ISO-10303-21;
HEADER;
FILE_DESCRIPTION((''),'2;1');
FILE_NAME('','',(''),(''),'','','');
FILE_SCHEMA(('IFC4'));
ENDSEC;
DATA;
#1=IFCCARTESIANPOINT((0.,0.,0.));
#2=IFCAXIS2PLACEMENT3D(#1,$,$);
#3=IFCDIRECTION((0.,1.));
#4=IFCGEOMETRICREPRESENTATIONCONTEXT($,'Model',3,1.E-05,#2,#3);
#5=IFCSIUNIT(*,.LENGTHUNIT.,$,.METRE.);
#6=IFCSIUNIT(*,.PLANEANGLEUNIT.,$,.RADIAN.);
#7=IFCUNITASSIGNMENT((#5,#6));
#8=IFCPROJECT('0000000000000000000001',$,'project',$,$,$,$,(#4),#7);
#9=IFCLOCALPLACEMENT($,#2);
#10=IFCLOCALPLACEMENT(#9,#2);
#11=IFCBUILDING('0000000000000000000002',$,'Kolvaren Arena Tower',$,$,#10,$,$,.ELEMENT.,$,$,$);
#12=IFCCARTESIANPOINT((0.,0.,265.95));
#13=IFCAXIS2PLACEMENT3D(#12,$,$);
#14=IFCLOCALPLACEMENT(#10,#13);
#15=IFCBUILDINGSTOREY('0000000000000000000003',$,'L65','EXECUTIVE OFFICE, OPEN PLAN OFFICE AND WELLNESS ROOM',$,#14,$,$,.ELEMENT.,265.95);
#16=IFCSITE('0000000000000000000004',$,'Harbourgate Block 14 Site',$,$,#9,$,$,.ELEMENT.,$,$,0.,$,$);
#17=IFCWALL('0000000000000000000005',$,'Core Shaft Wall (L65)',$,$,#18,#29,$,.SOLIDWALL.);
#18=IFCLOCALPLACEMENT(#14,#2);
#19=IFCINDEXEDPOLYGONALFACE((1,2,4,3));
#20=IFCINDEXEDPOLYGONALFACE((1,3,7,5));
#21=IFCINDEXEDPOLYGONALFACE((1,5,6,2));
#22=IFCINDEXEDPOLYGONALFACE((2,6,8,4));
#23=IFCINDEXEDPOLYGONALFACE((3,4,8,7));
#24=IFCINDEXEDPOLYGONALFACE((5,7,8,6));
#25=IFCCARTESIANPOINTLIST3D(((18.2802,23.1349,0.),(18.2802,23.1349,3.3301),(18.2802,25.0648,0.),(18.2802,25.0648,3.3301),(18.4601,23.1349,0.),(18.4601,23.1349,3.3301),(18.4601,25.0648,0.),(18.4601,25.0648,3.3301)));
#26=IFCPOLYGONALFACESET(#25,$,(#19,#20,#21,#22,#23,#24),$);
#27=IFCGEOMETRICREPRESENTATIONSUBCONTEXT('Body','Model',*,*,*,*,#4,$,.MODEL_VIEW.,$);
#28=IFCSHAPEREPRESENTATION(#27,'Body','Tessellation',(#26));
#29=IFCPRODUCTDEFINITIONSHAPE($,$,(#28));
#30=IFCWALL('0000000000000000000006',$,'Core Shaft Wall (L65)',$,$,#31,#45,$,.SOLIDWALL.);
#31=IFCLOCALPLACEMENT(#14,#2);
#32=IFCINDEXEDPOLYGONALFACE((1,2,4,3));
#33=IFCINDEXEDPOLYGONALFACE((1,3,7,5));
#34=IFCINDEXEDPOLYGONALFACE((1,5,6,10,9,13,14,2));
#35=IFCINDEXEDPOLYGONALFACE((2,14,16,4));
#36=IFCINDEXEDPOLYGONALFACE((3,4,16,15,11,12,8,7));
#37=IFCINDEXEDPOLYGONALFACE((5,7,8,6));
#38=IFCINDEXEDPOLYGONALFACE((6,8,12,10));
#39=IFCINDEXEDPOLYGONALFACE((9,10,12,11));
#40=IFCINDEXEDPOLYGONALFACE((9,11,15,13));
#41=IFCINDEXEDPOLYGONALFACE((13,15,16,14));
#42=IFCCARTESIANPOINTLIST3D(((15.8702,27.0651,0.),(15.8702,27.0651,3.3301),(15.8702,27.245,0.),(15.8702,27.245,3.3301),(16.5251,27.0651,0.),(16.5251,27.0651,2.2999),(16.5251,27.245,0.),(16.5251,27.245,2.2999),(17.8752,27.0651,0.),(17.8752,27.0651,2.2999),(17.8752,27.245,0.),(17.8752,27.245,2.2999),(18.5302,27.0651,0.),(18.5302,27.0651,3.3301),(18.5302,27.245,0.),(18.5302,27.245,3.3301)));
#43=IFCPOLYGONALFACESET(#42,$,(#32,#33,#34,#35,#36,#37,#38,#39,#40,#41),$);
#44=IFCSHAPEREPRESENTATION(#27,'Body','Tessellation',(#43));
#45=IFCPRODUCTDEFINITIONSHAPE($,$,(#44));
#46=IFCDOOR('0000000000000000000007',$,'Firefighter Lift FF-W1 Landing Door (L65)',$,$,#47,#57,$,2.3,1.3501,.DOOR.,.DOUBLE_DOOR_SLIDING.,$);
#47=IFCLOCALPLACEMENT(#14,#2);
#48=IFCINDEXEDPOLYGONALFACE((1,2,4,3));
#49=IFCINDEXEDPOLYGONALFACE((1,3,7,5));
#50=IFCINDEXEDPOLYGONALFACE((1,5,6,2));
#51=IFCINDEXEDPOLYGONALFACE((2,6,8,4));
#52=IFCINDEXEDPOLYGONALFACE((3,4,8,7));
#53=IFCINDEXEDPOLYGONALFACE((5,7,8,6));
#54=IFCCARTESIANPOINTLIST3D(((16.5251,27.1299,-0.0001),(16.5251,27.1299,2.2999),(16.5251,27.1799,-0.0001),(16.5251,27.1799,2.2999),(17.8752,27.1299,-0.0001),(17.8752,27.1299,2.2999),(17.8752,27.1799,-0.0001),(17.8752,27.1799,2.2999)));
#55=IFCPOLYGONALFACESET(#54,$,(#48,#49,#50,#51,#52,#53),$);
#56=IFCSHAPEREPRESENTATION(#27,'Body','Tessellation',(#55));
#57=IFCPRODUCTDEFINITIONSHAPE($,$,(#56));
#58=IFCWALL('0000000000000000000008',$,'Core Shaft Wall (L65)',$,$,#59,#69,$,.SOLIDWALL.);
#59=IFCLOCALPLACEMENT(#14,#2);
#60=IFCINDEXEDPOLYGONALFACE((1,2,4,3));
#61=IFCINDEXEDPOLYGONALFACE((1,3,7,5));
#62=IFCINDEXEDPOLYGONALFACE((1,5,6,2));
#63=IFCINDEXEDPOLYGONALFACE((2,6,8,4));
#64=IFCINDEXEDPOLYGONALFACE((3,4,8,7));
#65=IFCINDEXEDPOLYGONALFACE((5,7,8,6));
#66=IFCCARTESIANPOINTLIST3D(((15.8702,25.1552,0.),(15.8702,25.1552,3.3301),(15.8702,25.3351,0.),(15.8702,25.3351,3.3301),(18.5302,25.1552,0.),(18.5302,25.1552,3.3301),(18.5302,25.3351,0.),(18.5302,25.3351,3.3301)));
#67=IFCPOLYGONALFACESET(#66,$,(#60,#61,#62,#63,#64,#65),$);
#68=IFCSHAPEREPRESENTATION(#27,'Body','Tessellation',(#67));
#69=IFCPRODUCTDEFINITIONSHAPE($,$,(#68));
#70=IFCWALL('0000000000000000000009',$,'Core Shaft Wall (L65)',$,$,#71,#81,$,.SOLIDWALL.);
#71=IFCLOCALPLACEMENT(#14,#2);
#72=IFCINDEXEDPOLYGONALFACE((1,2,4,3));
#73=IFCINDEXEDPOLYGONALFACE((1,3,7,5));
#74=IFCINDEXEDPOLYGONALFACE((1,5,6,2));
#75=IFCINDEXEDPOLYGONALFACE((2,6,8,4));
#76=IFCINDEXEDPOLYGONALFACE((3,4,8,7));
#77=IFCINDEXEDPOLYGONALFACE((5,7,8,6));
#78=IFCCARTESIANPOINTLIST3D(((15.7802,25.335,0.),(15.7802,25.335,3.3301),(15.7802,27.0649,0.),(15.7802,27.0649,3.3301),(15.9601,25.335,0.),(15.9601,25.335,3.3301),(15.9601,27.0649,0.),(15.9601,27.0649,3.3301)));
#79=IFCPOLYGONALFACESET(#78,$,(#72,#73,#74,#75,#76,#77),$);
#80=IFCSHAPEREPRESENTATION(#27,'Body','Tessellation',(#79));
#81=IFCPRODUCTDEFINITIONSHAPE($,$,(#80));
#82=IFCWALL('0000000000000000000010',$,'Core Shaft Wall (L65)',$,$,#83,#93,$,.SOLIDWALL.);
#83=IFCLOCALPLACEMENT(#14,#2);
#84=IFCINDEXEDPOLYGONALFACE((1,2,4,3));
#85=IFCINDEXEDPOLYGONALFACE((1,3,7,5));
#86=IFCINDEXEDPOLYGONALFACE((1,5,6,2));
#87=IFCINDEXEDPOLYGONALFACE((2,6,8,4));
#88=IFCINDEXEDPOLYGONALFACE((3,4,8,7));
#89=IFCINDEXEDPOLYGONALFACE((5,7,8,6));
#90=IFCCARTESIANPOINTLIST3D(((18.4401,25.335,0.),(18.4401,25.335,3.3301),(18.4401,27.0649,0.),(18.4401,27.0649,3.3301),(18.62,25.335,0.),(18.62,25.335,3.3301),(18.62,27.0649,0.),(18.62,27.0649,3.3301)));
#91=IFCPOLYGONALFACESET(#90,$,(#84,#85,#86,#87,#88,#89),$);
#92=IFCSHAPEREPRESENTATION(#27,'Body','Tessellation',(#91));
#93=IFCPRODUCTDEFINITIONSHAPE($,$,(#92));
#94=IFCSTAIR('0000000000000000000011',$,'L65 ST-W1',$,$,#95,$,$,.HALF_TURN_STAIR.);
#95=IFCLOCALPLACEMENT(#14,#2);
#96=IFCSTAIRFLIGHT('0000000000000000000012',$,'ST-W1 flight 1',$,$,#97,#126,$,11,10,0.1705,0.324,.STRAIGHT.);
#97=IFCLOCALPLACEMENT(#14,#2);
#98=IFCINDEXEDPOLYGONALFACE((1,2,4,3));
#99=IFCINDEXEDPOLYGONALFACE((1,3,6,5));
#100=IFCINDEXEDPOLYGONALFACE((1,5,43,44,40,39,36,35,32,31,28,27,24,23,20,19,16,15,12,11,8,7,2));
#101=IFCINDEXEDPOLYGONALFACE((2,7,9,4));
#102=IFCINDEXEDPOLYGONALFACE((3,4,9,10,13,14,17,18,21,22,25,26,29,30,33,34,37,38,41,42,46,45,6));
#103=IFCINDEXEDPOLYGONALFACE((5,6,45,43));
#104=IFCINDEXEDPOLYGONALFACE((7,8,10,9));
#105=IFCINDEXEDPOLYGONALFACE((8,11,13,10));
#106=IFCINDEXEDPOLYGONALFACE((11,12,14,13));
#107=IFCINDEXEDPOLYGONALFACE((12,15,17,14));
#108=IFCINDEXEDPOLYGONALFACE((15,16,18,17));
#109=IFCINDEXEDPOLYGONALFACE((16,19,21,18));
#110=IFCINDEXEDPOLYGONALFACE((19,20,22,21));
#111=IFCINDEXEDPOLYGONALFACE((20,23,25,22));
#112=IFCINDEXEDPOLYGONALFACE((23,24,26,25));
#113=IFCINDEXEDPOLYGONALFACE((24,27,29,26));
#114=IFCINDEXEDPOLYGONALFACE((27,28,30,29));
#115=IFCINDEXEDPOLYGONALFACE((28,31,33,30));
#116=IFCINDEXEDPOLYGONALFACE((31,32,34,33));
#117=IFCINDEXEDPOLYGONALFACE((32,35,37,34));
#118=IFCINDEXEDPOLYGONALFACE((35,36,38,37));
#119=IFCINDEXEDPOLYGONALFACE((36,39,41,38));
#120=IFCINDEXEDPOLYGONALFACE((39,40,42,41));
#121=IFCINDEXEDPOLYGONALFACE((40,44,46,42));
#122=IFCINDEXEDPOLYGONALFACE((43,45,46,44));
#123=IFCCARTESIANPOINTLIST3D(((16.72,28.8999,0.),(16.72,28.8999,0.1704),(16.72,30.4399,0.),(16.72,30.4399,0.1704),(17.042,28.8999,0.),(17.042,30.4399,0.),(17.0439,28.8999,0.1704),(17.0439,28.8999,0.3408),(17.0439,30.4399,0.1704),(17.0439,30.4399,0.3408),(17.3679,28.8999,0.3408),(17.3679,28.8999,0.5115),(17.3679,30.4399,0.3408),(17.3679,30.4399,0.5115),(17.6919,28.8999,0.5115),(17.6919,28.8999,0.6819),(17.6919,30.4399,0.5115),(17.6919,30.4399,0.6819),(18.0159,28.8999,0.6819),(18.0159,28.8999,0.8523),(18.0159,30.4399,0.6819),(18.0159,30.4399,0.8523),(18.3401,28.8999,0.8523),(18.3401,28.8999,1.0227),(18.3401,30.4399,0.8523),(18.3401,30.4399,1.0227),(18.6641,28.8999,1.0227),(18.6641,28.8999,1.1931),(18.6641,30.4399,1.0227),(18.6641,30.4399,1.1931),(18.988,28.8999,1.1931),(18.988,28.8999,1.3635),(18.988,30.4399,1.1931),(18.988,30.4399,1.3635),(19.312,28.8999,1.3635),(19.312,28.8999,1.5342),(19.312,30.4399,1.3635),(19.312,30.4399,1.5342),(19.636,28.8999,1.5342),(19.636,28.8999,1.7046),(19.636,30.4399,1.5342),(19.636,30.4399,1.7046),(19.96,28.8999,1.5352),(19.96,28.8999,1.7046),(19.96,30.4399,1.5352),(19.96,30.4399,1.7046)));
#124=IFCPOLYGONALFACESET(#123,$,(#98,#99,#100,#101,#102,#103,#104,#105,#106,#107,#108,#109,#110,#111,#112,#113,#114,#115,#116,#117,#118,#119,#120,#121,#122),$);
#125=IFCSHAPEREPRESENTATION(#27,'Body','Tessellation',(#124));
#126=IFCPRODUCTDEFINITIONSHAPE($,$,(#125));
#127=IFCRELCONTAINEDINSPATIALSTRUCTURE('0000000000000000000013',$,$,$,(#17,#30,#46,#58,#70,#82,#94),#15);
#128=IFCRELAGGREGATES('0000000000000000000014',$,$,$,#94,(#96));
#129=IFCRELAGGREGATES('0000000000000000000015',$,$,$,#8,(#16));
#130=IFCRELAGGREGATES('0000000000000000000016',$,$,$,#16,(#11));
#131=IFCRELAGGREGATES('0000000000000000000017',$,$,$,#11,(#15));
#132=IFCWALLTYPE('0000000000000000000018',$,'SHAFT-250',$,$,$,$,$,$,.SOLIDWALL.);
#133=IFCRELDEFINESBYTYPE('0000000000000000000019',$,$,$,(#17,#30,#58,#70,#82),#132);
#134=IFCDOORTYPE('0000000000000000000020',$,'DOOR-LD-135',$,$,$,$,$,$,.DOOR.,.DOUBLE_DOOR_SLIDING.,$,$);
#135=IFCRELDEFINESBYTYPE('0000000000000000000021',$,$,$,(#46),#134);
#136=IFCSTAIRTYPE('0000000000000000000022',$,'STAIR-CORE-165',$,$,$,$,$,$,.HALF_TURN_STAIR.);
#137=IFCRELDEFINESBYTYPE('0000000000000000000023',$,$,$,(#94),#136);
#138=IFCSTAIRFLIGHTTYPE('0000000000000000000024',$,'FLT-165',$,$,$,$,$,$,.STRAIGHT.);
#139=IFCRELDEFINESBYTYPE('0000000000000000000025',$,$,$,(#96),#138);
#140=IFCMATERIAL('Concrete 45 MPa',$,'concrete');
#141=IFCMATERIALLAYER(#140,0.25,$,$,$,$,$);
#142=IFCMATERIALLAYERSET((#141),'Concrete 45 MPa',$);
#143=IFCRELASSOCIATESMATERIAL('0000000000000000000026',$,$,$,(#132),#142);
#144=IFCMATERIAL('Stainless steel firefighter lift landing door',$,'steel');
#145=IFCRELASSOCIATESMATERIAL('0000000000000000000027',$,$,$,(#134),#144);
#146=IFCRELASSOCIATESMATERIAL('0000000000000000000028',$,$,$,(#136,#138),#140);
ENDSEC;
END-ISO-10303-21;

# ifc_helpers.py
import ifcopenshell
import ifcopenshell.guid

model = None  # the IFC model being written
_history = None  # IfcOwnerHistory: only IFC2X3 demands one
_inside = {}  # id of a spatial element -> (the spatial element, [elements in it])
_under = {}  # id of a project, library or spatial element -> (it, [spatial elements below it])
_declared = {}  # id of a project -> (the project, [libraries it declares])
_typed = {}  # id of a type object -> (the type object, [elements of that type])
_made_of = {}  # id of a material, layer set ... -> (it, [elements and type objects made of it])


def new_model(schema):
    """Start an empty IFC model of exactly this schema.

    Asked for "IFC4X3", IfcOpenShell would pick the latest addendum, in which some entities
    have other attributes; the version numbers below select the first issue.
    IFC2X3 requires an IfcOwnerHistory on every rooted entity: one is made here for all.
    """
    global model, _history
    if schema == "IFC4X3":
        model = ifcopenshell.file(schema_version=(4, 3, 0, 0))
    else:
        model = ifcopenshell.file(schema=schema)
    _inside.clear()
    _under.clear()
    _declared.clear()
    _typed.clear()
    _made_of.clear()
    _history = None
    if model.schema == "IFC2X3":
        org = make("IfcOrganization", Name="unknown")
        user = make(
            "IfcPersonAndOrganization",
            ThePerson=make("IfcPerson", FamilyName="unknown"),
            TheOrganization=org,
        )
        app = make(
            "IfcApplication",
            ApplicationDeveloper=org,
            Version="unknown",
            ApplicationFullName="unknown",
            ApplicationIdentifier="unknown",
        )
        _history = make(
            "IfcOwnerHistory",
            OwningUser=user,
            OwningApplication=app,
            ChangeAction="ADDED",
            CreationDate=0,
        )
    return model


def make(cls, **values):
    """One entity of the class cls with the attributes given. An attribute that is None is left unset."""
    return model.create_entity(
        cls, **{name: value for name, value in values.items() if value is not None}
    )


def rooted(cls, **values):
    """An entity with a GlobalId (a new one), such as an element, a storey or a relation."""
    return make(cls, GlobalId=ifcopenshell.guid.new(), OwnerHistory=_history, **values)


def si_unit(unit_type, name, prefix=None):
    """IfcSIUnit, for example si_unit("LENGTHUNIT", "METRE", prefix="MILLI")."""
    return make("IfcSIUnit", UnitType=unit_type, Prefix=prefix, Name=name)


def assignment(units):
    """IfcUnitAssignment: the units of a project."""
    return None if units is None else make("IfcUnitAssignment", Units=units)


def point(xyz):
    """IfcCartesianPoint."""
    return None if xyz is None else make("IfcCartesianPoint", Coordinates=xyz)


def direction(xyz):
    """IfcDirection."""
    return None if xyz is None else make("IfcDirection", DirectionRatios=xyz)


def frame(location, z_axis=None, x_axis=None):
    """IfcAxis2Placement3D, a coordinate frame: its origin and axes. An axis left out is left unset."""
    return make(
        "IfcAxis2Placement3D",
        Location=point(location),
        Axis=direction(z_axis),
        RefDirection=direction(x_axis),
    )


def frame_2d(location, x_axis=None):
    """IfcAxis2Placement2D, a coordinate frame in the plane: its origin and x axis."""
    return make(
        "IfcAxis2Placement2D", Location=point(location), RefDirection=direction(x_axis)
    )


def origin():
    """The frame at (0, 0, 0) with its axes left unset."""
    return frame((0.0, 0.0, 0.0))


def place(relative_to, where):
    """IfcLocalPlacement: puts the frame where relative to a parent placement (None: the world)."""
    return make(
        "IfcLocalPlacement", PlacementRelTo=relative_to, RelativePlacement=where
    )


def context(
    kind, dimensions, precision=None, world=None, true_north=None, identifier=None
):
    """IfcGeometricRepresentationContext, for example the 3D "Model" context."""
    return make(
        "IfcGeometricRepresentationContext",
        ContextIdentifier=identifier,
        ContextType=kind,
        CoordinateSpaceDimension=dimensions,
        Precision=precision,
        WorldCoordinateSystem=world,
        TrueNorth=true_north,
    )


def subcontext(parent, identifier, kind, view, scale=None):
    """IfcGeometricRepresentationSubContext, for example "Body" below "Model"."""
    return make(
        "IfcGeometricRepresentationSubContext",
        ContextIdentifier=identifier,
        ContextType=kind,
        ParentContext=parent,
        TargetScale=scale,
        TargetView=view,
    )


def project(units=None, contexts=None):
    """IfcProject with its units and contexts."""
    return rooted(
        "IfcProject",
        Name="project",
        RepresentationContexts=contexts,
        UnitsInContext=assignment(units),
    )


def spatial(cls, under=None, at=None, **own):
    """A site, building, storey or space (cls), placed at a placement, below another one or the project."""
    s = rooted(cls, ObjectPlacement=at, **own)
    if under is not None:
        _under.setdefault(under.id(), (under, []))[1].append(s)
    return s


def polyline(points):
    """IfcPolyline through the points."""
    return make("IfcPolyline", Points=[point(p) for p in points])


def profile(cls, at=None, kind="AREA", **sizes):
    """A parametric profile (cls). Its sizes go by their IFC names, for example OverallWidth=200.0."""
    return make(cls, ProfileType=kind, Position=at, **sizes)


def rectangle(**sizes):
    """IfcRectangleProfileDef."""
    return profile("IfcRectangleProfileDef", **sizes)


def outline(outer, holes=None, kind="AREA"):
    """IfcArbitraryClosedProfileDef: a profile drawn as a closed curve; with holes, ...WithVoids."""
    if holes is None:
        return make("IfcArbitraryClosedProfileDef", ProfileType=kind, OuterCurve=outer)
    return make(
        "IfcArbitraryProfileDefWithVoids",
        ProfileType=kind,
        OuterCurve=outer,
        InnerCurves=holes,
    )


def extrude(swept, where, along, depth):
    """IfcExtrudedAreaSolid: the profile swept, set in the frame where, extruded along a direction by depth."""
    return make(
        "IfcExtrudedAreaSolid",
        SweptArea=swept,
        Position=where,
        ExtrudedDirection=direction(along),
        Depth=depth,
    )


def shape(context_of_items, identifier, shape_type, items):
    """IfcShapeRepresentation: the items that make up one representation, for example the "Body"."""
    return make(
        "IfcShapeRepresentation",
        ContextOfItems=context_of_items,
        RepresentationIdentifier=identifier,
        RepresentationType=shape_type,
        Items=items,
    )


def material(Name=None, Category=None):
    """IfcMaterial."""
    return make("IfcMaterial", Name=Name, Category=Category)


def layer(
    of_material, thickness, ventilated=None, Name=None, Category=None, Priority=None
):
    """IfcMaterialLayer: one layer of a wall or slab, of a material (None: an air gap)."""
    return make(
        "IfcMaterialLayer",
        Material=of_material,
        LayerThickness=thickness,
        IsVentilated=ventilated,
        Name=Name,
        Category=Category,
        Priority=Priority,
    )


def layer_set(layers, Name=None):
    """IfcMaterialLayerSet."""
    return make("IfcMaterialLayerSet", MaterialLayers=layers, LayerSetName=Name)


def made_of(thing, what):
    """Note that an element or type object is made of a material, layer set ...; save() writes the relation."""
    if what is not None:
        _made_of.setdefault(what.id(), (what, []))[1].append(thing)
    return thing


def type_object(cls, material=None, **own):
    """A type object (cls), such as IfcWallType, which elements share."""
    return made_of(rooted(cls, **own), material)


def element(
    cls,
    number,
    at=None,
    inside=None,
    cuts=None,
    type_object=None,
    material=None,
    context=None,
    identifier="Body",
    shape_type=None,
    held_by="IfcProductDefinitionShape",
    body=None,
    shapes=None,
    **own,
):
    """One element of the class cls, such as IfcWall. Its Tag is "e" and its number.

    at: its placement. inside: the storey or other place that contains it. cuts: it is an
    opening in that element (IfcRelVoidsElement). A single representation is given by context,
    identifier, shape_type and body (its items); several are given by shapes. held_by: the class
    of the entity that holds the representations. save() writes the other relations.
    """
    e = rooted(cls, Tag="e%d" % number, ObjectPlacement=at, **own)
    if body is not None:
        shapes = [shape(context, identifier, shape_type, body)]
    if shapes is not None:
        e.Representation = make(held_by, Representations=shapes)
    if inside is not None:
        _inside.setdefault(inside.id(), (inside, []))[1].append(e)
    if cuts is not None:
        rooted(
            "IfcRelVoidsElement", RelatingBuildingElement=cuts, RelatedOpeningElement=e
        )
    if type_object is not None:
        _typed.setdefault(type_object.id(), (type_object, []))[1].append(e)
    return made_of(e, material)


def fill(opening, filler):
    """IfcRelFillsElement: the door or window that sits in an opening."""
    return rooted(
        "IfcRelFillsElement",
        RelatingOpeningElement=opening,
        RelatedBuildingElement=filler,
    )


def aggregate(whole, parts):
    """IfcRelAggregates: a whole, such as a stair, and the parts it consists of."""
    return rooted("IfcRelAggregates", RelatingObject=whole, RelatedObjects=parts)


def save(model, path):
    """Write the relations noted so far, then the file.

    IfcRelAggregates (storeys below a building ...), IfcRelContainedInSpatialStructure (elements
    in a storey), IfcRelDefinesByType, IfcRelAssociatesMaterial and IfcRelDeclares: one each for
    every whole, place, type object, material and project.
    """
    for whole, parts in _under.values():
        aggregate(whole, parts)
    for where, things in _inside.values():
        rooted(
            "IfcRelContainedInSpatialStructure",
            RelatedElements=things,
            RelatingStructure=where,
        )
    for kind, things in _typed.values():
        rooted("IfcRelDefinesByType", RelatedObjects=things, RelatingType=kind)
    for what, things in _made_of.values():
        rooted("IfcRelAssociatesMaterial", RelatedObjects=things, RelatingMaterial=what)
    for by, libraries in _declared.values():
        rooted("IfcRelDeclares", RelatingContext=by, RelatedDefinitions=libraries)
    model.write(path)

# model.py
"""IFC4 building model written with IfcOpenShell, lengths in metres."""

from ifc_helpers import new_model, si_unit, direction, frame, frame_2d, origin, place, context, subcontext, project, spatial, polyline, rectangle, outline, extrude, material, layer, layer_set, type_object, element, fill, aggregate, save


model = new_model("IFC4")

# Units and contexts
model_context = context("Model", 3, precision=1e-05, world=origin(), true_north=direction((0.0, 1.0)))
body_context = subcontext(model_context, "Body", "Model", "MODEL_VIEW")
ifc_project = project(units=[si_unit("LENGTHUNIT", "METRE"), si_unit("PLANEANGLEUNIT", "RADIAN")], contexts=[model_context])

# Site, building, storey
site_placement = place(None, origin())
site = spatial("IfcSite", under=ifc_project, at=site_placement, Name="Harbourgate Block 14 Site", CompositionType="ELEMENT", RefElevation=0.0)
building_placement = place(site_placement, origin())
building = spatial("IfcBuilding", under=site, at=building_placement, Name="Kolvaren Arena Tower", CompositionType="ELEMENT")
storey_placement = place(building_placement, frame((0.0, 0.0, 265.95)))
storey = spatial("IfcBuildingStorey", under=building, at=storey_placement, Name="L65", Description="EXECUTIVE OFFICE, OPEN PLAN OFFICE AND WELLNESS ROOM", CompositionType="ELEMENT", Elevation=265.95)

# Wall
ifc_material_1 = material(Name="Concrete 45 MPa", Category="concrete")
ifc_layer_1 = layer(ifc_material_1, 0.25)
ifc_layer_set_1 = layer_set([ifc_layer_1], Name="Concrete 45 MPa")
wall_type_1 = type_object("IfcWallType", Name="SHAFT-250", PredefinedType="SOLIDWALL", material=ifc_layer_set_1)
wall_1_placement = place(storey_placement, frame((18.3701, 23.135, 0.0), z_axis=(0.0, 0.0, 1.0), x_axis=(0.0, 1.0, 0.0)))
element("IfcWall", 1, at=wall_1_placement, inside=storey, type_object=wall_type_1, Name="Core Shaft Wall (L65)", PredefinedType="SOLIDWALL", context=body_context, shape_type="SweptSolid", body=[
    extrude(rectangle(XDim=1.9299, YDim=0.1799, at=frame_2d((0.9648, 0.0))), origin(), (0.0, 0.0, 1.0), 3.3301),
])

# Wall, opening, door
wall_2_placement = place(storey_placement, frame((15.8701, 27.155, 0.0), z_axis=(0.0, 0.0, 1.0), x_axis=(1.0, 0.0, 0.0)))
wall_2 = element("IfcWall", 2, at=wall_2_placement, inside=storey, type_object=wall_type_1, Name="Core Shaft Wall (L65)", PredefinedType="SOLIDWALL", context=body_context, shape_type="SweptSolid", body=[
    extrude(rectangle(XDim=2.6599, YDim=0.1799, at=frame_2d((1.3301, 0.0))), origin(), (0.0, 0.0, 1.0), 3.3301),
])
opening_1_placement = place(wall_2_placement, frame((0.655, 0.0, 0.0)))
opening_1 = element("IfcOpeningElement", 3, at=opening_1_placement, cuts=wall_2, PredefinedType="OPENING", context=body_context, shape_type="SweptSolid", body=[
    extrude(rectangle(XDim=1.3501, YDim=2.3, at=frame_2d((0.675, 1.1499))), frame((0.0, 0.0999, 0.0), z_axis=(0.0, -1.0, 0.0), x_axis=(1.0, 0.0, 0.0)), (0.0, 0.0, 1.0), 0.2),
])
ifc_material_2 = material(Name="Stainless steel firefighter lift landing door", Category="steel")
door_type_1 = type_object("IfcDoorType", Name="DOOR-LD-135", OperationType="DOUBLE_DOOR_SLIDING", PredefinedType="DOOR", material=ifc_material_2)
door_1_placement = place(opening_1_placement, origin())
door_1 = element("IfcDoor", 4, at=door_1_placement, inside=storey, type_object=door_type_1, Name="Firefighter Lift FF-W1 Landing Door (L65)", OperationType="DOUBLE_DOOR_SLIDING", OverallHeight=2.3, OverallWidth=1.3501, PredefinedType="DOOR", context=body_context, shape_type="SweptSolid", body=[
    extrude(rectangle(XDim=1.3501, YDim=2.3, at=frame_2d((0.675, 1.1499))), frame((0.0, 0.0249, 0.0), z_axis=(0.0, -1.0, 0.0), x_axis=(1.0, 0.0, 0.0)), (0.0, 0.0, 1.0), 0.05),
])
fill(opening_1, door_1)

# Walls
wall_3_placement = place(storey_placement, frame((15.8701, 25.2451, 0.0), z_axis=(0.0, 0.0, 1.0), x_axis=(1.0, 0.0, 0.0)))
element("IfcWall", 5, at=wall_3_placement, inside=storey, type_object=wall_type_1, Name="Core Shaft Wall (L65)", PredefinedType="SOLIDWALL", context=body_context, shape_type="SweptSolid", body=[
    extrude(rectangle(XDim=2.6599, YDim=0.1799, at=frame_2d((1.3301, 0.0))), origin(), (0.0, 0.0, 1.0), 3.3301),
])
for number, where, z_axis, x_axis, name in (
    (6, (15.8701, 25.335, 0.0), (0.0, 0.0, 1.0), (0.0, 1.0, 0.0), "Core Shaft Wall (L65)"),
    (7, (18.53, 25.335, 0.0), (0.0, 0.0, 1.0), (0.0, 1.0, 0.0), "Core Shaft Wall (L65)"),
):
    element("IfcWall", number, at=place(storey_placement, frame(where, z_axis=z_axis, x_axis=x_axis)), inside=storey, type_object=wall_type_1, Name=name, PredefinedType="SOLIDWALL", context=body_context, shape_type="SweptSolid", body=[
        extrude(rectangle(XDim=1.73, YDim=0.1799, at=frame_2d((0.865, 0.0))), origin(), (0.0, 0.0, 1.0), 3.3301),
    ])

# Stair, stair flight
stair_type = type_object("IfcStairType", Name="STAIR-CORE-165", PredefinedType="HALF_TURN_STAIR", material=ifc_material_1)
stair_placement = place(storey_placement, origin())
stair = element("IfcStair", 8, at=stair_placement, inside=storey, type_object=stair_type, Name="L65 ST-W1", PredefinedType="HALF_TURN_STAIR")
stair_flight_type = type_object("IfcStairFlightType", Name="FLT-165", PredefinedType="STRAIGHT", material=ifc_material_1)
stair_flight_placement = place(storey_placement, frame((16.72, 29.6699, 0.0), z_axis=(0.0, 0.0, 1.0), x_axis=(1.0, 0.0, 0.0)))
stair_flight = element("IfcStairFlight", 9, at=stair_flight_placement, type_object=stair_flight_type, Name="ST-W1 flight 1", NumberOfRisers=11, NumberOfTreads=10, PredefinedType="STRAIGHT", RiserHeight=0.1705, TreadLength=0.324, context=body_context, shape_type="SweptSolid", body=[
    extrude(outline(polyline([(0.0, 0.0), (0.0, 0.1704), (0.324, 0.1704), (0.324, 0.3408), (0.6479, 0.3408), (0.6479, 0.5115), (0.9719, 0.5115), (0.9719, 0.6819), (1.2959, 0.6819), (1.2959, 0.8523), (1.6201, 0.8523), (1.6201, 1.0227), (1.9441, 1.0227), (1.9441, 1.1931), (2.2681, 1.1931), (2.2681, 1.3635), (2.592, 1.3635), (2.592, 1.5342), (2.916, 1.5342), (2.916, 1.7046), (3.24, 1.7046), (3.24, 1.875), (3.24, 1.5352), (0.322, 0.0), (0.0, 0.0)])), frame((0.0, 0.77, 0.0), z_axis=(0.0, -1.0, 0.0), x_axis=(1.0, 0.0, 0.0)), (0.0, 0.0, 1.0), 1.54),
])
aggregate(stair, [stair_flight])

save(model, "model.ifc")
